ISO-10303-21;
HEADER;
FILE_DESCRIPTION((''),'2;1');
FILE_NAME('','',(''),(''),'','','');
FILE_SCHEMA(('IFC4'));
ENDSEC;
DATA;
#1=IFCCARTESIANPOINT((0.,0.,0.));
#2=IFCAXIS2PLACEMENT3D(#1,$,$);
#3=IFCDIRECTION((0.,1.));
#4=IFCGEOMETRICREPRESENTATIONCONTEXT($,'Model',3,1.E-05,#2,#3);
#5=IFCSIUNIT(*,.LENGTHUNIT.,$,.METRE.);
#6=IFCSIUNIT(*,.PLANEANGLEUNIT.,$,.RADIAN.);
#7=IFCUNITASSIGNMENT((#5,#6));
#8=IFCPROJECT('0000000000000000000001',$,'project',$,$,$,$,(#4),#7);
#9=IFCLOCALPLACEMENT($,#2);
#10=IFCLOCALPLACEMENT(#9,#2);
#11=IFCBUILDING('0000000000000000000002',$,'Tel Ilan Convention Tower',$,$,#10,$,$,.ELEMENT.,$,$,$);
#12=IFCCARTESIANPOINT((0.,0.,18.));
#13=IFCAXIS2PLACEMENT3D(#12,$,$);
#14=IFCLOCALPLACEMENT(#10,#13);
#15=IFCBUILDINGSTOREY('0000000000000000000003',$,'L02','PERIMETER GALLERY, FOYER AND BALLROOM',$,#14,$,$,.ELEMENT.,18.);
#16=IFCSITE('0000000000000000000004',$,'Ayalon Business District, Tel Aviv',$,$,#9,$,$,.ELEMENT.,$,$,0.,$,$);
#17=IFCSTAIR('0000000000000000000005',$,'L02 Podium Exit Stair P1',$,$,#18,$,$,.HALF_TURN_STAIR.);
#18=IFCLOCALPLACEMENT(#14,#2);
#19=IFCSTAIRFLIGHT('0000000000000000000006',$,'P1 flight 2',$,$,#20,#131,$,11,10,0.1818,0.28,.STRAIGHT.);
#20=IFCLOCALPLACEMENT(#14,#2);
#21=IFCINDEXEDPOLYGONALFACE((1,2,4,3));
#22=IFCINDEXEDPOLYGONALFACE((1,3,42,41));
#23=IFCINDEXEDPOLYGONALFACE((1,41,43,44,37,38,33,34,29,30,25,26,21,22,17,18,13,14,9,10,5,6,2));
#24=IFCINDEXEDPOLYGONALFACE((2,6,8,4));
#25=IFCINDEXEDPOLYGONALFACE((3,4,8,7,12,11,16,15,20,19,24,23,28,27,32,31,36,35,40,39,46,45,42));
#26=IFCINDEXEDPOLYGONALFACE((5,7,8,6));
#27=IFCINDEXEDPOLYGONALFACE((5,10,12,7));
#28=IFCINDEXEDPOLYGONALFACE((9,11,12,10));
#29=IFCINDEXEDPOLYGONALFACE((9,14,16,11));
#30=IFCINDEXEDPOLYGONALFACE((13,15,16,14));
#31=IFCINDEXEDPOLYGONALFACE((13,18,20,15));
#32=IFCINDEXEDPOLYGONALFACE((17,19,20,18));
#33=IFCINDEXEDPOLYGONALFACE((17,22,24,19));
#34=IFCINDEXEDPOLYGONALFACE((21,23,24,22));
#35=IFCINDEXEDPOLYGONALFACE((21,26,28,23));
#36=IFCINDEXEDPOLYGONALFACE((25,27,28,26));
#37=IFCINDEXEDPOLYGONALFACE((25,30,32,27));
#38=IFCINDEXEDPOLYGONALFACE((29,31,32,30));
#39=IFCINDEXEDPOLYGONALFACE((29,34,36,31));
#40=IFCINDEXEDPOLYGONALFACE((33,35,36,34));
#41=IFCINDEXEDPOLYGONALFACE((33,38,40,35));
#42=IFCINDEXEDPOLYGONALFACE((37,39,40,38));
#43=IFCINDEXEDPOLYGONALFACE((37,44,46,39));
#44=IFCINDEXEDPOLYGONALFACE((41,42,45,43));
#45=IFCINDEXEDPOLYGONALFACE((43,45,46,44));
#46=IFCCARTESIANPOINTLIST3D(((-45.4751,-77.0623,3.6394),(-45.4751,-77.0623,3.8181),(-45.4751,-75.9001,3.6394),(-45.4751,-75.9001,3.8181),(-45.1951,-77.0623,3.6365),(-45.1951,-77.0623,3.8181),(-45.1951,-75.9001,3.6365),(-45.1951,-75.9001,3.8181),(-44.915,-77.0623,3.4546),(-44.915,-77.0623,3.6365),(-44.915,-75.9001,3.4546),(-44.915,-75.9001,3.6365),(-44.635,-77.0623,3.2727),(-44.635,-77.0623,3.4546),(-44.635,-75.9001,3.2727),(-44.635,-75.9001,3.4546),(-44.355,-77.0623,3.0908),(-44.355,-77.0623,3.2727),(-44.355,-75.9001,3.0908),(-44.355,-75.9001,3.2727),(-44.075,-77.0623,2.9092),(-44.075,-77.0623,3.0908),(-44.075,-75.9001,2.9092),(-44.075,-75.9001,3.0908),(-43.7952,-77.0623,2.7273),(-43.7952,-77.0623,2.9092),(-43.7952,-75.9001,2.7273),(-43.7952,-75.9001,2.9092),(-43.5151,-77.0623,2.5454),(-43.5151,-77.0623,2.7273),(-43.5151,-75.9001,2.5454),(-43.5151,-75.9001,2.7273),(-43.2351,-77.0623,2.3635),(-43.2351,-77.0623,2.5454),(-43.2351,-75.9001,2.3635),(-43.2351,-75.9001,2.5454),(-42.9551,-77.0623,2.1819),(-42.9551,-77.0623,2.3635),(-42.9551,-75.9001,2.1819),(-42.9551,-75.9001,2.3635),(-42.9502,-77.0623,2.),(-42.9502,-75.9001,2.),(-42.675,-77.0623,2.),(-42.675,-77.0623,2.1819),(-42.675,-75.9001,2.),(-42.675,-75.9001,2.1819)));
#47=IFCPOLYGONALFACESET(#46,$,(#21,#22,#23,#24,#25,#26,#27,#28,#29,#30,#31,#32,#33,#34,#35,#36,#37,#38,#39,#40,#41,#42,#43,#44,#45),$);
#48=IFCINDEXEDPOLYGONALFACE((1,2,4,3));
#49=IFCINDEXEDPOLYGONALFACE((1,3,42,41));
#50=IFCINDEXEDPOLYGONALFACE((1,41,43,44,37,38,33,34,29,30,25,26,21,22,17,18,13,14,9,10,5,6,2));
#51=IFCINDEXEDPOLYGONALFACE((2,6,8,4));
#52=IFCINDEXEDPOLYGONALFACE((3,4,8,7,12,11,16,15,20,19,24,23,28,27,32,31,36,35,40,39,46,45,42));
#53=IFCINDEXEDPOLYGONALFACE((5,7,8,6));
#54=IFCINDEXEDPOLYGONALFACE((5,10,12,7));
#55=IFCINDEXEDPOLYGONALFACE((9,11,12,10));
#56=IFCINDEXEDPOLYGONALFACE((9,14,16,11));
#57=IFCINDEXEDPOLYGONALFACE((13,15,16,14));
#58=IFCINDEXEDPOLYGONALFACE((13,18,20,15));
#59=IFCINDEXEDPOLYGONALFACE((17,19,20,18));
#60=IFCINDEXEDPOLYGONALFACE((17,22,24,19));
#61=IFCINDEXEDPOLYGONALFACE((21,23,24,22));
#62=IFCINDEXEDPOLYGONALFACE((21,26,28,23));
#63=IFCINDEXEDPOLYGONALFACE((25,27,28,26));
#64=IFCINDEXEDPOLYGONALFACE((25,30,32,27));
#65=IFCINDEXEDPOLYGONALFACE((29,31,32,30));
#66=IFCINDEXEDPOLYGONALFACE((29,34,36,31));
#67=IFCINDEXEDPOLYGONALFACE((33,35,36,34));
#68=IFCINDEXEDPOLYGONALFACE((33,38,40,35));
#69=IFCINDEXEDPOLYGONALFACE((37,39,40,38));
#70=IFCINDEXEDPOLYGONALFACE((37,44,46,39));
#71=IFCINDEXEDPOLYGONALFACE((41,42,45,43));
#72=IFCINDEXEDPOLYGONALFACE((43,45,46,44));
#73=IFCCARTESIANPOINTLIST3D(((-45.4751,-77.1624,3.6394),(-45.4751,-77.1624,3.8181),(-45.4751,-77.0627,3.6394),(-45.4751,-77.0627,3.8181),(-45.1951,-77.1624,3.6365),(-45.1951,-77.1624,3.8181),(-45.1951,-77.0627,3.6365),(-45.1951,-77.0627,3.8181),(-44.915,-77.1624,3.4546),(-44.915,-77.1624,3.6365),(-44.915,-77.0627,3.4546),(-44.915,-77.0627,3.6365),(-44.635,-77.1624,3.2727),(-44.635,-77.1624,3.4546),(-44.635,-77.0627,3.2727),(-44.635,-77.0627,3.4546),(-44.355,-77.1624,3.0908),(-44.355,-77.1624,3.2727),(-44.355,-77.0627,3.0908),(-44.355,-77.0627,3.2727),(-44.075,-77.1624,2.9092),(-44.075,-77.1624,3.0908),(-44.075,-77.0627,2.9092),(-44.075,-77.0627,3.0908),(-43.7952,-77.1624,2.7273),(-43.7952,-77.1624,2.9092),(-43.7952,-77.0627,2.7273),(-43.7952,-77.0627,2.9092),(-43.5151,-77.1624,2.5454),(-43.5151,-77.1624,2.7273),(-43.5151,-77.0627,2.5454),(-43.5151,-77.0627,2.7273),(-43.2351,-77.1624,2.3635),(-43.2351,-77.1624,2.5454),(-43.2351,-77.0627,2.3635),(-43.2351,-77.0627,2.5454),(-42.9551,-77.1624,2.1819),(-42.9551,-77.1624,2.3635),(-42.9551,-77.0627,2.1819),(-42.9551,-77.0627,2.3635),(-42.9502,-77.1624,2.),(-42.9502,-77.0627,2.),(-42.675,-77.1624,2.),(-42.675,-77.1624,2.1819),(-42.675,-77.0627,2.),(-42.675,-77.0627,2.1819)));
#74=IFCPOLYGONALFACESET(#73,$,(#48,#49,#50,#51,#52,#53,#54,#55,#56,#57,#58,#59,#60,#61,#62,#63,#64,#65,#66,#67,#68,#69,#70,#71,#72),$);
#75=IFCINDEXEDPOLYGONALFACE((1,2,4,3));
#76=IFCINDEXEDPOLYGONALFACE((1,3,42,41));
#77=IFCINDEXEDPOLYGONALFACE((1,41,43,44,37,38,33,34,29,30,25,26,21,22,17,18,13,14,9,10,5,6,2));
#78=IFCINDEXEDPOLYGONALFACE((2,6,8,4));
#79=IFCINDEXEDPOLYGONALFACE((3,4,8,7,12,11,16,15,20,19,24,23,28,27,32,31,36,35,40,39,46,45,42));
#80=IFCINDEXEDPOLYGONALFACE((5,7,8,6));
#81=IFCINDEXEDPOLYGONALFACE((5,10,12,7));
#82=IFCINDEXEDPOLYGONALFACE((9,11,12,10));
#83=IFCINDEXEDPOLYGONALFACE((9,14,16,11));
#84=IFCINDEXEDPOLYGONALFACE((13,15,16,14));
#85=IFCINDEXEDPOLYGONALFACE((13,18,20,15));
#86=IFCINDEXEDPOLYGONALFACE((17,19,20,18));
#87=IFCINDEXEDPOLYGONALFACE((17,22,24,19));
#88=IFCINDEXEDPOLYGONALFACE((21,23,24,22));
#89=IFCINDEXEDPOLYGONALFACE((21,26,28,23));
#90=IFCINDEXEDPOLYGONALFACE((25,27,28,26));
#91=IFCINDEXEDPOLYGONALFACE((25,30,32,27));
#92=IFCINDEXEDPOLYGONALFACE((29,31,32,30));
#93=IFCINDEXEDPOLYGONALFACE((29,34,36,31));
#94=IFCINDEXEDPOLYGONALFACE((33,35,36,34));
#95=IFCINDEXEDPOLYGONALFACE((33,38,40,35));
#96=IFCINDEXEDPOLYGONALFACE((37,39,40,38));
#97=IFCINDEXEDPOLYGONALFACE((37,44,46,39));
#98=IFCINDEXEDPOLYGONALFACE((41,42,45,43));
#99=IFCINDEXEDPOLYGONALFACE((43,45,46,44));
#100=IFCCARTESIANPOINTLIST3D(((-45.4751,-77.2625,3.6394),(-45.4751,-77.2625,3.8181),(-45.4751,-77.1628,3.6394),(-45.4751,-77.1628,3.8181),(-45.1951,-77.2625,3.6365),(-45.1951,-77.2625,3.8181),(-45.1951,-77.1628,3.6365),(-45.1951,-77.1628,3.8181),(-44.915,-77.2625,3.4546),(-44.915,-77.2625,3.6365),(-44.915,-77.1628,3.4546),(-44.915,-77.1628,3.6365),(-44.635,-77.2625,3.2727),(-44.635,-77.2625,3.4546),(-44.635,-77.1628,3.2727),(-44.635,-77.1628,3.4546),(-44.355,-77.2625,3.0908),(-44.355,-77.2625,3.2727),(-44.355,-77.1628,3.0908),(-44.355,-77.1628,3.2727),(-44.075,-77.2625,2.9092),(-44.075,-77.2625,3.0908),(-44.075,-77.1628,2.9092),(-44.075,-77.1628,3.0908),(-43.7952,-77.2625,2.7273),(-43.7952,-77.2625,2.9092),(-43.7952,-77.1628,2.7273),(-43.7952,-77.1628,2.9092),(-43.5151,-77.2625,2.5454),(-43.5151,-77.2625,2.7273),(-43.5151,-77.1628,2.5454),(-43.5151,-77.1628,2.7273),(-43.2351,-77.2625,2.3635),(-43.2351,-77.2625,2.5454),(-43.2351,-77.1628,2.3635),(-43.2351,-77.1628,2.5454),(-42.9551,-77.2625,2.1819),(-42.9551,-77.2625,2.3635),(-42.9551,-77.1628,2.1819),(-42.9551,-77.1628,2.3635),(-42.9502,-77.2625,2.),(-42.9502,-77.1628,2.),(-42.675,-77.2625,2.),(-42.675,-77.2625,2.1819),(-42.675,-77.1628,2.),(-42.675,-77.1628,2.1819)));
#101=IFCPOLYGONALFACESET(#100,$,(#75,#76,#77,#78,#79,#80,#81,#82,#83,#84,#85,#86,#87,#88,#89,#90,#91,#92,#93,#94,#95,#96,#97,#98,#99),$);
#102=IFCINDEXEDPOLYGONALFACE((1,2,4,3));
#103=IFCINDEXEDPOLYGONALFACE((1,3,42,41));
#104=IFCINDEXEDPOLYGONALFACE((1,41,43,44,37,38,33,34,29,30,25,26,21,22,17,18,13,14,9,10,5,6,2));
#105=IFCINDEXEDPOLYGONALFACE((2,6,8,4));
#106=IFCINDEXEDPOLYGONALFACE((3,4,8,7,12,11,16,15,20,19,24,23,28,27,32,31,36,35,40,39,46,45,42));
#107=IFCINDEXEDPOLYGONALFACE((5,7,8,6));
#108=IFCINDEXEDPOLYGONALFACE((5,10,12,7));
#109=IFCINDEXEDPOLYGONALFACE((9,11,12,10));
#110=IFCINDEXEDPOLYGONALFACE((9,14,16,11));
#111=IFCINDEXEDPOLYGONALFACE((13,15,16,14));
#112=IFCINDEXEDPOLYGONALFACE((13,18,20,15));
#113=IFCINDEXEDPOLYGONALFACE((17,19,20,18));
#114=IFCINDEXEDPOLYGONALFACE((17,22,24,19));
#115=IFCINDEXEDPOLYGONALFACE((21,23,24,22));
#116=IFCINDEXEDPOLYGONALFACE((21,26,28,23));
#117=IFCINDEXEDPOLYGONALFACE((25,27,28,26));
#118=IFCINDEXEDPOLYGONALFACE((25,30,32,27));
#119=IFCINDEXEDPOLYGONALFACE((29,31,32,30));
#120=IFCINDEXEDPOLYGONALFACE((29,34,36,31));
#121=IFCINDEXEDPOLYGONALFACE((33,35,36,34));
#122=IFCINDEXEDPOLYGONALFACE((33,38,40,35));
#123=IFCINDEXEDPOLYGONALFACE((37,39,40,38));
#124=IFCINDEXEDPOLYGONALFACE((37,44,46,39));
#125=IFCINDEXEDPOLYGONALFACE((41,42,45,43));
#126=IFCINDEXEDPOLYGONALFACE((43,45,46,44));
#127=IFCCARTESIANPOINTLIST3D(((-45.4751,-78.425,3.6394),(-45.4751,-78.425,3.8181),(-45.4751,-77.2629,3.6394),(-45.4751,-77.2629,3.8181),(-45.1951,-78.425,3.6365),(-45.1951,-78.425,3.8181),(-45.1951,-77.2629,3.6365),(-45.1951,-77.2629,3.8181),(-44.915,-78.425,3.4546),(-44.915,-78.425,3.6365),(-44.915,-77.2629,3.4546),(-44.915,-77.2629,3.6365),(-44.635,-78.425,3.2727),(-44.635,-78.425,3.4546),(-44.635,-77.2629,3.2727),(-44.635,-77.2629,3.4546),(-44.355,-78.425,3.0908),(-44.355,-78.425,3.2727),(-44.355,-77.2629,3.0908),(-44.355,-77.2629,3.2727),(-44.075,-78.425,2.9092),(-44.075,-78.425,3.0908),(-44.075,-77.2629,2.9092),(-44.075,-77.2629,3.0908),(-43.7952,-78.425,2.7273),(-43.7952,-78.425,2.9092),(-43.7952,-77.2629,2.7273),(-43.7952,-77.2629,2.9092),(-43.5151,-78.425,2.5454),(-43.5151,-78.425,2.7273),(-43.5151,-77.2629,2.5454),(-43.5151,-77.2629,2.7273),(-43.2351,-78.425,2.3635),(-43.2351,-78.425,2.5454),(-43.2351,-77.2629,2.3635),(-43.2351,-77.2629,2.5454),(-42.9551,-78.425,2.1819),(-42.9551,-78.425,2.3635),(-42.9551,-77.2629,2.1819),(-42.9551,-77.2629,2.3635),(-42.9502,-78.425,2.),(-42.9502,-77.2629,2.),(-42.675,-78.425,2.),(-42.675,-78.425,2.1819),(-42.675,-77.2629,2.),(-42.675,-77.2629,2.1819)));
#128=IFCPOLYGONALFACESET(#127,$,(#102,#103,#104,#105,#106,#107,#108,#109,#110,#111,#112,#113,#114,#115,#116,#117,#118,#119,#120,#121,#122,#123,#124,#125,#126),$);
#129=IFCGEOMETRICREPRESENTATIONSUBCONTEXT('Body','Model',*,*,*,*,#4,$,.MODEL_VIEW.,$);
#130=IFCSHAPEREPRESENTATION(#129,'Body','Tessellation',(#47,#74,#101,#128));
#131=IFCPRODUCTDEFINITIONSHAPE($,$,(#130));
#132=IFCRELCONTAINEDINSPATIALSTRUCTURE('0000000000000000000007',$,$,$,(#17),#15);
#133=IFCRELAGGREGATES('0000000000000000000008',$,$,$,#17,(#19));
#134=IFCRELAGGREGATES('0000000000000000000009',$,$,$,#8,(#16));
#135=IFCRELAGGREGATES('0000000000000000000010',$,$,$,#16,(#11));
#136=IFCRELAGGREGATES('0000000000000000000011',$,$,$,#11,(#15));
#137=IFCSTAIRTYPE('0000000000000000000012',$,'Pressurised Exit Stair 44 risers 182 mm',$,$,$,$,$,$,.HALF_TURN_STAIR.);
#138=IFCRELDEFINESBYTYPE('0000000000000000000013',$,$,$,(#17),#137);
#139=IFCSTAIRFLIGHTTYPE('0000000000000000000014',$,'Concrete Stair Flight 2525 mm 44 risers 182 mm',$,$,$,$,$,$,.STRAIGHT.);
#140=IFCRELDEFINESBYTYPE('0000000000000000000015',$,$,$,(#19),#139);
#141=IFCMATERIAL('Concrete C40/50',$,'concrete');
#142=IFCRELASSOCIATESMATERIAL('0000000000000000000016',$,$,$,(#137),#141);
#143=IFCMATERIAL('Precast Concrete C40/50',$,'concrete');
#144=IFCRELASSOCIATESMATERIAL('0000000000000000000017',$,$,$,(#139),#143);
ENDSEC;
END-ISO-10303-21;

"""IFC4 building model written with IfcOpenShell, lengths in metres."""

from ifc_helpers import new_model, si_unit, direction, frame, origin, place, context, subcontext, project, spatial, polyline, outline, extrude, material, type_object, element, aggregate, save


model = new_model("IFC4")

# Units and contexts
model_context = context("Model", 3, precision=1e-05, world=origin(), true_north=direction((0.0, 1.0)))
body_context = subcontext(model_context, "Body", "Model", "MODEL_VIEW")
ifc_project = project(units=[si_unit("LENGTHUNIT", "METRE"), si_unit("PLANEANGLEUNIT", "RADIAN")], contexts=[model_context])

# Site, building, storey
site_placement = place(None, origin())
site = spatial("IfcSite", under=ifc_project, at=site_placement, Name="Ayalon Business District, Tel Aviv", CompositionType="ELEMENT", RefElevation=0.0)
building_placement = place(site_placement, origin())
building = spatial("IfcBuilding", under=site, at=building_placement, Name="Tel Ilan Convention Tower", CompositionType="ELEMENT")
storey_placement = place(building_placement, frame((0.0, 0.0, 18.0)))
storey = spatial("IfcBuildingStorey", under=building, at=storey_placement, Name="L02", Description="PERIMETER GALLERY, FOYER AND BALLROOM", CompositionType="ELEMENT", Elevation=18.0)

# Stair, stair flight
ifc_material_1 = material(Name="Concrete C40/50", Category="concrete")
stair_type = type_object("IfcStairType", Name="Pressurised Exit Stair 44 risers 182 mm", PredefinedType="HALF_TURN_STAIR", material=ifc_material_1)
stair_placement = place(storey_placement, origin())
stair = element("IfcStair", 1, at=stair_placement, inside=storey, type_object=stair_type, Name="L02 Podium Exit Stair P1", PredefinedType="HALF_TURN_STAIR")
ifc_material_2 = material(Name="Precast Concrete C40/50", Category="concrete")
stair_flight_type = type_object("IfcStairFlightType", Name="Concrete Stair Flight 2525 mm 44 risers 182 mm", PredefinedType="STRAIGHT", material=ifc_material_2)
stair_flight_1_placement = place(storey_placement, frame((-42.675, -77.1626, 2.0), z_axis=(0.0, 0.0, 1.0), x_axis=(-1.0, 0.0, 0.0)))
stair_flight_1 = element("IfcStairFlight", 2, at=stair_flight_1_placement, type_object=stair_flight_type, Name="P1 flight 2", NumberOfRisers=11, NumberOfTreads=10, PredefinedType="STRAIGHT", RiserHeight=0.1818, TreadLength=0.28, context=body_context, shape_type="SweptSolid", body=[
    extrude(outline(polyline([(0.0, 0.0), (0.0, 0.1819), (0.28, 0.1819), (0.28, 0.3635), (0.5601, 0.3635), (0.5601, 0.5454), (0.8401, 0.5454), (0.8401, 0.7273), (1.1201, 0.7273), (1.1201, 0.9092), (1.3999, 0.9092), (1.3999, 1.0908), (1.6799, 1.0908), (1.6799, 1.2727), (1.96, 1.2727), (1.96, 1.4546), (2.24, 1.4546), (2.24, 1.6365), (2.52, 1.6365), (2.52, 1.8181), (2.8, 1.8181), (2.8, 2.0), (2.8, 1.6394), (0.2751, 0.0), (0.0, 0.0)])), frame((0.0, -0.1003, 0.0), z_axis=(0.0, -1.0, 0.0), x_axis=(1.0, 0.0, 0.0)), (0.0, 0.0, 1.0), 1.1621),
    extrude(outline(polyline([(0.0, 0.0), (0.0, 0.1819), (0.28, 0.1819), (0.28, 0.3635), (0.5601, 0.3635), (0.5601, 0.5454), (0.8401, 0.5454), (0.8401, 0.7273), (1.1201, 0.7273), (1.1201, 0.9092), (1.3999, 0.9092), (1.3999, 1.0908), (1.6799, 1.0908), (1.6799, 1.2727), (1.96, 1.2727), (1.96, 1.4546), (2.24, 1.4546), (2.24, 1.6365), (2.52, 1.6365), (2.52, 1.8181), (2.8, 1.8181), (2.8, 2.0), (2.8, 1.6394), (0.2751, 0.0), (0.0, 0.0)])), frame((0.0, -0.0002, 0.0), z_axis=(0.0, -1.0, 0.0), x_axis=(1.0, 0.0, 0.0)), (0.0, 0.0, 1.0), 0.0996),
    extrude(outline(polyline([(0.0, 0.0), (0.0, 0.1819), (0.28, 0.1819), (0.28, 0.3635), (0.5601, 0.3635), (0.5601, 0.5454), (0.8401, 0.5454), (0.8401, 0.7273), (1.1201, 0.7273), (1.1201, 0.9092), (1.3999, 0.9092), (1.3999, 1.0908), (1.6799, 1.0908), (1.6799, 1.2727), (1.96, 1.2727), (1.96, 1.4546), (2.24, 1.4546), (2.24, 1.6365), (2.52, 1.6365), (2.52, 1.8181), (2.8, 1.8181), (2.8, 2.0), (2.8, 1.6394), (0.2751, 0.0), (0.0, 0.0)])), frame((0.0, 0.0999, 0.0), z_axis=(0.0, -1.0, 0.0), x_axis=(1.0, 0.0, 0.0)), (0.0, 0.0, 1.0), 0.0996),
    extrude(outline(polyline([(0.0, 0.0), (0.0, 0.1819), (0.28, 0.1819), (0.28, 0.3635), (0.5601, 0.3635), (0.5601, 0.5454), (0.8401, 0.5454), (0.8401, 0.7273), (1.1201, 0.7273), (1.1201, 0.9092), (1.3999, 0.9092), (1.3999, 1.0908), (1.6799, 1.0908), (1.6799, 1.2727), (1.96, 1.2727), (1.96, 1.4546), (2.24, 1.4546), (2.24, 1.6365), (2.52, 1.6365), (2.52, 1.8181), (2.8, 1.8181), (2.8, 2.0), (2.8, 1.6394), (0.2751, 0.0), (0.0, 0.0)])), frame((0.0, 1.2625, 0.0), z_axis=(0.0, -1.0, 0.0), x_axis=(1.0, 0.0, 0.0)), (0.0, 0.0, 1.0), 1.1621),
])
aggregate(stair, [stair_flight_1])

save(model, "model.ifc")
